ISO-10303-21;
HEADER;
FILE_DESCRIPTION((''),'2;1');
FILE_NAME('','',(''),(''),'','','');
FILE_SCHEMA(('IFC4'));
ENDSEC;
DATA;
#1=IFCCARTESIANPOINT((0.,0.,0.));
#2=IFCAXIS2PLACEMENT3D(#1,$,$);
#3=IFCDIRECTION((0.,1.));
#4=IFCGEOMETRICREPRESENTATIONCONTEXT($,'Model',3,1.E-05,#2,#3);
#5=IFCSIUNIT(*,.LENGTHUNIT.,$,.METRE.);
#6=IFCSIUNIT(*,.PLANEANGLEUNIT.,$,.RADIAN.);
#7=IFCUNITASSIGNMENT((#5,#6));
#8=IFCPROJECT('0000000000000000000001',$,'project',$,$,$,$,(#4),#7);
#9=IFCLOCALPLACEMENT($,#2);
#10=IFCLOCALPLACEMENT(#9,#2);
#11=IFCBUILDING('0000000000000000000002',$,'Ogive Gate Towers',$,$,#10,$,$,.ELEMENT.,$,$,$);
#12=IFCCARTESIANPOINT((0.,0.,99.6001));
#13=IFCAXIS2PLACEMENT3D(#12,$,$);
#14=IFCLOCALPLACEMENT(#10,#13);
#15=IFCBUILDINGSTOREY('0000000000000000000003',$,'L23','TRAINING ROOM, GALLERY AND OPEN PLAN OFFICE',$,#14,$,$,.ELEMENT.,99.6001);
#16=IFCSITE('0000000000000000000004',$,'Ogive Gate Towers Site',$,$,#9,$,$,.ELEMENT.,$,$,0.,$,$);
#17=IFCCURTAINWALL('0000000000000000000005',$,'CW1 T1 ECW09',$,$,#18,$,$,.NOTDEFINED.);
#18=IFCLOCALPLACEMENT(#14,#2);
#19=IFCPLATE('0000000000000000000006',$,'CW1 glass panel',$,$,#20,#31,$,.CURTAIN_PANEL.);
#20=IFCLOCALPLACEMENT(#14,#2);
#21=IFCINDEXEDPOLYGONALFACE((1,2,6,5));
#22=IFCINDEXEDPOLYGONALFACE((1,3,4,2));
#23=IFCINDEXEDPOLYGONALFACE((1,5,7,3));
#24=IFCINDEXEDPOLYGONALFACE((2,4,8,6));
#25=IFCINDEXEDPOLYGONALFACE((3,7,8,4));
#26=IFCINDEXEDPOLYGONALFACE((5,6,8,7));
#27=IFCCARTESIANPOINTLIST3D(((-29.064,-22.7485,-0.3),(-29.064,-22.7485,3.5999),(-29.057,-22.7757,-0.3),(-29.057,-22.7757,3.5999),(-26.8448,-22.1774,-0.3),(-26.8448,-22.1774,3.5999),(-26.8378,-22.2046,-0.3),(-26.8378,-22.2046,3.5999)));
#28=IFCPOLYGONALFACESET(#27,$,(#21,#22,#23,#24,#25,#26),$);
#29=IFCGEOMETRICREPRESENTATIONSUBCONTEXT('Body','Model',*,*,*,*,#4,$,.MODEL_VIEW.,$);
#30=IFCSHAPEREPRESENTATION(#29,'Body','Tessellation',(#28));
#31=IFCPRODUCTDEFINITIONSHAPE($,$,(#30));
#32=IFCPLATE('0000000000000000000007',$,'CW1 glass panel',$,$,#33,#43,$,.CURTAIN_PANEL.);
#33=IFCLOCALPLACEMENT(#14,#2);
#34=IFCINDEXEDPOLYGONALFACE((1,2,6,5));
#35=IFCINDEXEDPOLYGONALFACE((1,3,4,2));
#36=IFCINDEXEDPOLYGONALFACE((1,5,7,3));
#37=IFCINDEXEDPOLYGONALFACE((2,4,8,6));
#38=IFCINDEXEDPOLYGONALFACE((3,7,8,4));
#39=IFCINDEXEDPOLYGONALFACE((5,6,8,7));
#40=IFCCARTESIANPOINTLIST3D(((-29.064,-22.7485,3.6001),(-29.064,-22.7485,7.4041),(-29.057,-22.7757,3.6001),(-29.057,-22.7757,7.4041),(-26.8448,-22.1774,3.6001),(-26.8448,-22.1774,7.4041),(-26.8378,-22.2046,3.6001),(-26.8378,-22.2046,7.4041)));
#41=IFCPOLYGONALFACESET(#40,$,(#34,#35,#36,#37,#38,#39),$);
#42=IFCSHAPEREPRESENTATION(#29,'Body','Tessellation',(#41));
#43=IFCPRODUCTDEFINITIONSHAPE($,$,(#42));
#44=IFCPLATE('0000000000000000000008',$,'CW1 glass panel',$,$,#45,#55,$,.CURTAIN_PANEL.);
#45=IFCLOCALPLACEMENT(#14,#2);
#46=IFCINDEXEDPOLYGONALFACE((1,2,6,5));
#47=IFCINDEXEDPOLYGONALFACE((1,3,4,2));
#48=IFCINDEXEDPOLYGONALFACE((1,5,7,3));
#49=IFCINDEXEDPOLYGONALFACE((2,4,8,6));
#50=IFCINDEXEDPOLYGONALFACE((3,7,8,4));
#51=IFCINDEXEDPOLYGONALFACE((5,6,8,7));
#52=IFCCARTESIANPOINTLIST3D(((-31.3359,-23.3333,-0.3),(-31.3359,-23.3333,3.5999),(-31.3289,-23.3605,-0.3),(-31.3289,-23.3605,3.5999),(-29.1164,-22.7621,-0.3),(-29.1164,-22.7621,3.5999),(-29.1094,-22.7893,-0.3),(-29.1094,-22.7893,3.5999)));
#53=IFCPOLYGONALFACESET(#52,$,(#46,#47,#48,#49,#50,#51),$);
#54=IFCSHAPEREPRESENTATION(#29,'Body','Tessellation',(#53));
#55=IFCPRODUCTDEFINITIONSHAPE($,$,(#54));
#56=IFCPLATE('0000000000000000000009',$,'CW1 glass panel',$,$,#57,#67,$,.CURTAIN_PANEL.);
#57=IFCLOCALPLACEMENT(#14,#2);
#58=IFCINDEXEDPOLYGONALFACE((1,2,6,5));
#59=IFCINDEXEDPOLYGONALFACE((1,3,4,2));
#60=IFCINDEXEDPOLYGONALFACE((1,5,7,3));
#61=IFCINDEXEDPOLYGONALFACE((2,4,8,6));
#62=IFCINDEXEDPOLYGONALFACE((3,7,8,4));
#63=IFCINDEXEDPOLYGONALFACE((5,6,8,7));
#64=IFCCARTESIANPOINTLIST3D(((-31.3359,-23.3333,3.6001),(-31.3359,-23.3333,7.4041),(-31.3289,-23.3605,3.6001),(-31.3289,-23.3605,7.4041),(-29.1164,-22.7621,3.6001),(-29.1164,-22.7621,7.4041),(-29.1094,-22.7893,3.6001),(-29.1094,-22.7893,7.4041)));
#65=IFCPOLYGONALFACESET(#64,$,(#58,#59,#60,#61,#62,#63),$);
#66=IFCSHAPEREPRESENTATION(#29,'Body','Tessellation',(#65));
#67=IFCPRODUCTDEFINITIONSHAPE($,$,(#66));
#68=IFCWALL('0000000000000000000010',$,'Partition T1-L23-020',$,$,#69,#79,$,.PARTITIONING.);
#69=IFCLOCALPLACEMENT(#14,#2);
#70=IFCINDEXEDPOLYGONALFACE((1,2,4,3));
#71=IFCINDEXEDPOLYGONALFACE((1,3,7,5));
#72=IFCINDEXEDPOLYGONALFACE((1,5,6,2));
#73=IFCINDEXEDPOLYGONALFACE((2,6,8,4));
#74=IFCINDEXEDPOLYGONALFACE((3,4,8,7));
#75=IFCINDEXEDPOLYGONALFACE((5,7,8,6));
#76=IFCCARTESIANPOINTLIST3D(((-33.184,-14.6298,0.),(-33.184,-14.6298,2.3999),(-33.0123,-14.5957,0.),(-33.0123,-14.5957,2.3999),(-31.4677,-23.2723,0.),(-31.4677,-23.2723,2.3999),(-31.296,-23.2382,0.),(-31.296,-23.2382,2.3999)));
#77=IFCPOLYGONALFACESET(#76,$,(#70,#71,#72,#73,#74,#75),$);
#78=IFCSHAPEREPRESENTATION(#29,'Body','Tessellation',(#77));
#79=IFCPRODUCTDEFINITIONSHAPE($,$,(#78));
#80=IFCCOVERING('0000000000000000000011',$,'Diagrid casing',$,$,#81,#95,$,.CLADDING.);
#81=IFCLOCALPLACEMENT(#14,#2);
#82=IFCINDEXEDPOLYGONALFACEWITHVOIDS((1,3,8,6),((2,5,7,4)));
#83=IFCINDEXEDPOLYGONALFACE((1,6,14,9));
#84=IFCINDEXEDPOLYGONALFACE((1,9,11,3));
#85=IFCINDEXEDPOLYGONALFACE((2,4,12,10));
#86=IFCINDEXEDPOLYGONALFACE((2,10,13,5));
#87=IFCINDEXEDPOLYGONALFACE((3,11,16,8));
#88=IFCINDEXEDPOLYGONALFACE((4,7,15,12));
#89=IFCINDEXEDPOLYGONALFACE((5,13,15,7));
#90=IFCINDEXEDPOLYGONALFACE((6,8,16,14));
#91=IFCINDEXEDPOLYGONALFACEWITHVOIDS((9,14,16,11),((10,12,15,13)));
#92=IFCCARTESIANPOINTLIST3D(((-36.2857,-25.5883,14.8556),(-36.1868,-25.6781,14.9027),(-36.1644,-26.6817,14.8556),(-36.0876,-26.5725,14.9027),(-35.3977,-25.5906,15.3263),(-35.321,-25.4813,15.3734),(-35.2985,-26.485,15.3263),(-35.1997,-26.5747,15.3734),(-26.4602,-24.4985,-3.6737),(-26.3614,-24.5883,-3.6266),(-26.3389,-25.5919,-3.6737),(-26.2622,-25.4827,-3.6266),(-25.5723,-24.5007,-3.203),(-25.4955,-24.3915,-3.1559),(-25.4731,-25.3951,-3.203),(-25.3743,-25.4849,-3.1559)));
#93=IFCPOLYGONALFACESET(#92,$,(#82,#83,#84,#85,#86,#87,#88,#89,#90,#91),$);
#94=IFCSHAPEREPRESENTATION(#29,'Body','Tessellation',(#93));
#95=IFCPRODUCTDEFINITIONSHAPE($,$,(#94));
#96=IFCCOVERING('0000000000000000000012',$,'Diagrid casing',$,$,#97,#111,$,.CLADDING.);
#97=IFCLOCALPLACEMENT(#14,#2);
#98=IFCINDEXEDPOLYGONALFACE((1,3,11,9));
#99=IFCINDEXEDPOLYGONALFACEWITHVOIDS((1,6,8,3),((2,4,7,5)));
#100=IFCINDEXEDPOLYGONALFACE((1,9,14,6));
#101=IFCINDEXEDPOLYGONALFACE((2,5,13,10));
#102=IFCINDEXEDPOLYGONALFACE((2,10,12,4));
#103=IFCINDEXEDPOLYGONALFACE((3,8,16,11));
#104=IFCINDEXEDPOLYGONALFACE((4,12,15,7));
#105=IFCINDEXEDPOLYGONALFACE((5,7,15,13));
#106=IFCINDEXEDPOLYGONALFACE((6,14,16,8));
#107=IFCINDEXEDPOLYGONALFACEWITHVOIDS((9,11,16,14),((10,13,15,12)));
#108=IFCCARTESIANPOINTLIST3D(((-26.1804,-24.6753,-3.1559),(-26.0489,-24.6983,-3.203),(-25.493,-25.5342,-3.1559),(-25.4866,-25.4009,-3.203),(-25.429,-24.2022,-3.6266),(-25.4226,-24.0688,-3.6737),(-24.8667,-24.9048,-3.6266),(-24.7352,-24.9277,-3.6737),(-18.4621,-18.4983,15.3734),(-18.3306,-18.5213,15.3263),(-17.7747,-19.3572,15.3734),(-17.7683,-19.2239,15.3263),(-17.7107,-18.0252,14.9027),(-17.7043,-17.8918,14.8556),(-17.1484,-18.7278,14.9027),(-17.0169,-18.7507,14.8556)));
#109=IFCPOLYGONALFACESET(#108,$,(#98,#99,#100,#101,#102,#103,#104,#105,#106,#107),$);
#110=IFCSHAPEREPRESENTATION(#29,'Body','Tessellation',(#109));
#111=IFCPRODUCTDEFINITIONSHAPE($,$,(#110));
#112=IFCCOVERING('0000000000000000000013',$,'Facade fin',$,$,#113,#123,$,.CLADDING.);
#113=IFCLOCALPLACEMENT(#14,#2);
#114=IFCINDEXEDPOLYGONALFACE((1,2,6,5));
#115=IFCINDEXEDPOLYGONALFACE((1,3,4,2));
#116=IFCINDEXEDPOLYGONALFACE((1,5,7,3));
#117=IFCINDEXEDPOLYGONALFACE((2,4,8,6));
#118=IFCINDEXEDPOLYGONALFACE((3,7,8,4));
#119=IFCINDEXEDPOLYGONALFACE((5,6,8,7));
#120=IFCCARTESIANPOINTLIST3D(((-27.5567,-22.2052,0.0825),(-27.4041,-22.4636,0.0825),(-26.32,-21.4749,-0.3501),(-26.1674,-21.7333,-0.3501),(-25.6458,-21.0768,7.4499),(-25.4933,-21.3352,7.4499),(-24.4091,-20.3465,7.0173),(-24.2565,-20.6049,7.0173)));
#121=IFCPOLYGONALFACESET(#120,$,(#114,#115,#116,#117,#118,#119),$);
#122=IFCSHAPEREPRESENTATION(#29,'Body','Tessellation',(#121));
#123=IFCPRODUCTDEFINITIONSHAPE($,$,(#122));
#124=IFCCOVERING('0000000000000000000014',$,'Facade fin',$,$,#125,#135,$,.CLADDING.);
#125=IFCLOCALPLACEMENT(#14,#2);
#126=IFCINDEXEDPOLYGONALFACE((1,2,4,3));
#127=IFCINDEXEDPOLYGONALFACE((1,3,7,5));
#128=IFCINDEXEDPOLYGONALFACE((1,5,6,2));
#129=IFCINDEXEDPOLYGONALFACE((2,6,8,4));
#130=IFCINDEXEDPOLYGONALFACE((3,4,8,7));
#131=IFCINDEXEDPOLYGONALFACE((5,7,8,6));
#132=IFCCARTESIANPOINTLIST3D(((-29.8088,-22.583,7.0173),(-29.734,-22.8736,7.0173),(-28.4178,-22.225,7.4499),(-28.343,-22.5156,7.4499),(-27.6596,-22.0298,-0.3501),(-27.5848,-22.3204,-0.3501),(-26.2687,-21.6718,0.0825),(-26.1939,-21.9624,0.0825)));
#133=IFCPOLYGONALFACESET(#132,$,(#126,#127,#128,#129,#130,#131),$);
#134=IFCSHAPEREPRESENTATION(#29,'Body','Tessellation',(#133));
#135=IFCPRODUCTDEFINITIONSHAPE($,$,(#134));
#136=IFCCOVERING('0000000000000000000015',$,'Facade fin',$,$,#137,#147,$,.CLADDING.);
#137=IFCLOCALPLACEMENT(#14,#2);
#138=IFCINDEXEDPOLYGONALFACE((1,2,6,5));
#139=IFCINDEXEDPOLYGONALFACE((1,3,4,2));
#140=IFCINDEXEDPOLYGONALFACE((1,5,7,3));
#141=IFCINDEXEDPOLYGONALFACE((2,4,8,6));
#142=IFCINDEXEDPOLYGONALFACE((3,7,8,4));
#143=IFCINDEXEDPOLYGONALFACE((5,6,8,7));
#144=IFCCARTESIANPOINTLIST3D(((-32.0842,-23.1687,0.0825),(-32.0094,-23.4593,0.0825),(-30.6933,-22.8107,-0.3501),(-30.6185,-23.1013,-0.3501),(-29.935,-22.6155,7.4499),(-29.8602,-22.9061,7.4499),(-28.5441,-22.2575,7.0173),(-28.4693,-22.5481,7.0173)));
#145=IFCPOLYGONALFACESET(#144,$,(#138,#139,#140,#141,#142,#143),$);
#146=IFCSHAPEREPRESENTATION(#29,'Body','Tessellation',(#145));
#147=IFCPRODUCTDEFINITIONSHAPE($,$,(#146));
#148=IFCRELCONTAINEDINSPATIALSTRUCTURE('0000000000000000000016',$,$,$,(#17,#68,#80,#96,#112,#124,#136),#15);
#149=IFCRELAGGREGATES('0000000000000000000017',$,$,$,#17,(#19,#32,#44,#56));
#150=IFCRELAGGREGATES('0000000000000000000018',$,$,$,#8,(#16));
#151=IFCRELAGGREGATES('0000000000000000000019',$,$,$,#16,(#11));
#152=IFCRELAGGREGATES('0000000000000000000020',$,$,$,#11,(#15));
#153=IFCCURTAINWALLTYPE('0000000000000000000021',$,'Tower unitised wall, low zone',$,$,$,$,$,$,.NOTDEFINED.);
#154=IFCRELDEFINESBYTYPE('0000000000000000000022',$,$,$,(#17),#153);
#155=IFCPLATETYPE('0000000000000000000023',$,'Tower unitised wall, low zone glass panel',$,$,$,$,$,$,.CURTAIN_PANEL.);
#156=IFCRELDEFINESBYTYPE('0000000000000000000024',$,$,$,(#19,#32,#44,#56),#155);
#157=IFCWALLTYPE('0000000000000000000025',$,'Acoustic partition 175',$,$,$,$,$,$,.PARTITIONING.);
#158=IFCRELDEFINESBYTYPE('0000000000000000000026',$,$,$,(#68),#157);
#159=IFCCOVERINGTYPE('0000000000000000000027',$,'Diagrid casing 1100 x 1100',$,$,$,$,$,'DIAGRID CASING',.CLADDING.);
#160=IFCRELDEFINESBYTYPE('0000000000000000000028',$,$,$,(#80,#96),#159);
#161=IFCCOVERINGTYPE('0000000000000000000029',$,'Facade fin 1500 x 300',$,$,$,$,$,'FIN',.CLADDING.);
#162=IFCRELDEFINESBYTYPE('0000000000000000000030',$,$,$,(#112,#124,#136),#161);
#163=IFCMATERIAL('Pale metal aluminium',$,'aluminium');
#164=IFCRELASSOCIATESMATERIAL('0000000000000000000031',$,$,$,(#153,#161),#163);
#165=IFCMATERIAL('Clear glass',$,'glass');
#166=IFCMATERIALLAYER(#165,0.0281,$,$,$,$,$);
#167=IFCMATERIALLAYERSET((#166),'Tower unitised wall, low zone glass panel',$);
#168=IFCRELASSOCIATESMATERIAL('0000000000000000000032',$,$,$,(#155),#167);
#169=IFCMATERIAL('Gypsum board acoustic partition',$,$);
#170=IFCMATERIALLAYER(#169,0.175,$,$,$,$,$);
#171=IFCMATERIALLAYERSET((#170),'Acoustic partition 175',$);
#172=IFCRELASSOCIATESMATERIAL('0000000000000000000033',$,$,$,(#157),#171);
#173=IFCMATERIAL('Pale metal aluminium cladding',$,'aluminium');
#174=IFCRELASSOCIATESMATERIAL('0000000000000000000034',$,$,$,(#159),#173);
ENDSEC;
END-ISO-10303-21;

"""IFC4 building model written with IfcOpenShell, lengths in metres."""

from ifc_helpers import new_model, si_unit, direction, frame, frame_2d, origin, origin_2d, place, context, subcontext, project, spatial, rectangle, hollow_rectangle, extrude, material, layer, layer_set, material_profile, profile_set, type_object, element, aggregate, save


model = new_model("IFC4")

# Units and contexts
model_context = context("Model", 3, precision=1e-05, world=origin(), true_north=direction((0.0, 1.0)))
body_context = subcontext(model_context, "Body", "Model", "MODEL_VIEW")
ifc_project = project(units=[si_unit("LENGTHUNIT", "METRE"), si_unit("PLANEANGLEUNIT", "RADIAN")], contexts=[model_context])

# Site, building, storey
site_placement = place(None, origin())
site = spatial("IfcSite", under=ifc_project, at=site_placement, Name="Ogive Gate Towers Site", CompositionType="ELEMENT", RefElevation=0.0)
building_placement = place(site_placement, origin())
building = spatial("IfcBuilding", under=site, at=building_placement, Name="Ogive Gate Towers", CompositionType="ELEMENT")
storey_placement = place(building_placement, frame((0.0, 0.0, 99.6001)))
storey = spatial("IfcBuildingStorey", under=building, at=storey_placement, Name="L23", Description="TRAINING ROOM, GALLERY AND OPEN PLAN OFFICE", CompositionType="ELEMENT", Elevation=99.6001)

# Curtain wall, plates
ifc_material_1 = material(Name="Pale metal aluminium", Category="aluminium")
curtain_wall_type = type_object("IfcCurtainWallType", Name="Tower unitised wall, low zone", PredefinedType="NOTDEFINED", material=ifc_material_1)
curtain_wall_placement = place(storey_placement, origin())
curtain_wall = element("IfcCurtainWall", 1, at=curtain_wall_placement, inside=storey, type_object=curtain_wall_type, Name="CW1 T1 ECW09", PredefinedType="NOTDEFINED")
ifc_material_2 = material(Name="Clear glass", Category="glass")
ifc_layer_1 = layer(ifc_material_2, 0.0281)
ifc_layer_set_1 = layer_set([ifc_layer_1], Name="Tower unitised wall, low zone glass panel")
plate_type = type_object("IfcPlateType", Name="Tower unitised wall, low zone glass panel", PredefinedType="CURTAIN_PANEL", material=ifc_layer_set_1)
plate_1_placement = place(storey_placement, frame((-27.9509, -22.4766, -0.3), z_axis=(0.0, 0.0, 1.0), x_axis=(-0.96844, -0.249248, 0.0)))
plate_1 = element("IfcPlate", 2, at=plate_1_placement, type_object=plate_type, Name="CW1 glass panel", PredefinedType="CURTAIN_PANEL", context=body_context, shape_type="SweptSolid", body=[
    extrude(rectangle(XDim=2.2915, YDim=0.0281, at=origin_2d()), origin(), (0.0, 0.0, 1.0), 3.8999),
])
plate_2_placement = place(storey_placement, frame((-27.9509, -22.4766, 3.6001), z_axis=(0.0, 0.0, 1.0), x_axis=(-0.96844, -0.249248, 0.0)))
plate_2 = element("IfcPlate", 3, at=plate_2_placement, type_object=plate_type, Name="CW1 glass panel", PredefinedType="CURTAIN_PANEL", context=body_context, shape_type="SweptSolid", body=[
    extrude(rectangle(XDim=2.2915, YDim=0.0281, at=origin_2d()), origin(), (0.0, 0.0, 1.0), 3.804),
])
plate_3_placement = place(storey_placement, frame((-30.2227, -23.0613, -0.3), z_axis=(0.0, 0.0, 1.0), x_axis=(-0.96844, -0.249248, 0.0)))
plate_3 = element("IfcPlate", 4, at=plate_3_placement, type_object=plate_type, Name="CW1 glass panel", PredefinedType="CURTAIN_PANEL", context=body_context, shape_type="SweptSolid", body=[
    extrude(rectangle(XDim=2.2917, YDim=0.0281, at=origin_2d()), origin(), (0.0, 0.0, 1.0), 3.8999),
])
plate_4_placement = place(storey_placement, frame((-30.2227, -23.0613, 3.6001), z_axis=(0.0, 0.0, 1.0), x_axis=(-0.96844, -0.249248, 0.0)))
plate_4 = element("IfcPlate", 5, at=plate_4_placement, type_object=plate_type, Name="CW1 glass panel", PredefinedType="CURTAIN_PANEL", context=body_context, shape_type="SweptSolid", body=[
    extrude(rectangle(XDim=2.2917, YDim=0.0281, at=origin_2d()), origin(), (0.0, 0.0, 1.0), 3.804),
])
aggregate(curtain_wall, [plate_1, plate_2, plate_3, plate_4])

# Wall
ifc_material_3 = material(Name="Gypsum board acoustic partition")
ifc_layer_2 = layer(ifc_material_3, 0.175)
ifc_layer_set_2 = layer_set([ifc_layer_2], Name="Acoustic partition 175")
wall_type = type_object("IfcWallType", Name="Acoustic partition 175", PredefinedType="PARTITIONING", material=ifc_layer_set_2)
wall_placement = place(storey_placement, frame((-31.3818, -23.2554, 0.0), z_axis=(0.0, 0.0, 1.0), x_axis=(-0.194784, 0.980846, 0.0)))
element("IfcWall", 6, at=wall_placement, inside=storey, type_object=wall_type, Name="Partition T1-L23-020", PredefinedType="PARTITIONING", context=body_context, shape_type="SweptSolid", body=[
    extrude(rectangle(XDim=8.8113, YDim=0.175, at=frame_2d((4.4058, 0.0))), origin(), (0.0, 0.0, 1.0), 2.3999),
])

# Coverings
ifc_material_4 = material(Name="Pale metal aluminium cladding", Category="aluminium")
ifc_material_profile_1 = material_profile(ifc_material_4, hollow_rectangle(XDim=1.1001, YDim=1.1001, WallThickness=0.1001, at=origin_2d()), Name="1100 x 1100 pale metal casing")
ifc_profile_set_1 = profile_set([ifc_material_profile_1], Name="Pale metal aluminium cladding")
covering_type_1 = type_object("IfcCoveringType", Name="Diagrid casing 1100 x 1100", ElementType="DIAGRID CASING", PredefinedType="CLADDING", material=ifc_profile_set_1)
for number, where, z_axis, x_axis, name in (
    (7, (-25.9172, -24.9917, -3.4148), (-0.467845, -0.051894, 0.882286), (0.110244, -0.993904, 0.0), "Diagrid casing"),
    (8, (-25.4578, -24.8015, -3.4148), (0.367511, 0.294122, 0.882286), (-0.624843, 0.780751, 0.0), "Diagrid casing"),
):
    element("IfcCovering", number, at=place(storey_placement, frame(where, z_axis=z_axis, x_axis=x_axis)), inside=storey, type_object=covering_type_1, Name=name, PredefinedType="CLADDING", context=body_context, shape_type="SweptSolid", body=[
        extrude(hollow_rectangle(XDim=1.1001, YDim=1.1001, WallThickness=0.1001, at=origin_2d()), origin(), (0.0, 0.0, 1.0), 21.0015),
    ])
ifc_material_profile_2 = material_profile(ifc_material_1, rectangle(XDim=0.3, YDim=1.5, at=origin_2d()), Name="1500 x 300 pale metal aluminium")
ifc_profile_set_2 = profile_set([ifc_material_profile_2], Name="Pale metal aluminium")
covering_type_2 = type_object("IfcCoveringType", Name="Facade fin 1500 x 300", ElementType="FIN", PredefinedType="CLADDING", material=ifc_profile_set_2)
for number, where, z_axis, x_axis, name in (
    (9, (-26.8621, -21.9692, -0.1338), (0.248348, 0.146654, 0.957505), (-0.508481, 0.861073, 0.0), "Facade fin"),
    (10, (-26.9268, -21.9961, -0.1338), (-0.279316, -0.071899, 0.957504), (0.249286, -0.96843, 0.0), "Facade fin"),
    (11, (-31.3513, -23.135, -0.1338), (0.279316, 0.071899, 0.957504), (-0.249286, 0.96843, 0.0), "Facade fin"),
):
    element("IfcCovering", number, at=place(storey_placement, frame(where, z_axis=z_axis, x_axis=x_axis)), inside=storey, type_object=covering_type_2, Name=name, PredefinedType="CLADDING", context=body_context, shape_type="SweptSolid", body=[
        extrude(rectangle(XDim=0.3, YDim=1.5, at=origin_2d()), origin(), (0.0, 0.0, 1.0), 7.6943),
    ])

save(model, "model.ifc")
